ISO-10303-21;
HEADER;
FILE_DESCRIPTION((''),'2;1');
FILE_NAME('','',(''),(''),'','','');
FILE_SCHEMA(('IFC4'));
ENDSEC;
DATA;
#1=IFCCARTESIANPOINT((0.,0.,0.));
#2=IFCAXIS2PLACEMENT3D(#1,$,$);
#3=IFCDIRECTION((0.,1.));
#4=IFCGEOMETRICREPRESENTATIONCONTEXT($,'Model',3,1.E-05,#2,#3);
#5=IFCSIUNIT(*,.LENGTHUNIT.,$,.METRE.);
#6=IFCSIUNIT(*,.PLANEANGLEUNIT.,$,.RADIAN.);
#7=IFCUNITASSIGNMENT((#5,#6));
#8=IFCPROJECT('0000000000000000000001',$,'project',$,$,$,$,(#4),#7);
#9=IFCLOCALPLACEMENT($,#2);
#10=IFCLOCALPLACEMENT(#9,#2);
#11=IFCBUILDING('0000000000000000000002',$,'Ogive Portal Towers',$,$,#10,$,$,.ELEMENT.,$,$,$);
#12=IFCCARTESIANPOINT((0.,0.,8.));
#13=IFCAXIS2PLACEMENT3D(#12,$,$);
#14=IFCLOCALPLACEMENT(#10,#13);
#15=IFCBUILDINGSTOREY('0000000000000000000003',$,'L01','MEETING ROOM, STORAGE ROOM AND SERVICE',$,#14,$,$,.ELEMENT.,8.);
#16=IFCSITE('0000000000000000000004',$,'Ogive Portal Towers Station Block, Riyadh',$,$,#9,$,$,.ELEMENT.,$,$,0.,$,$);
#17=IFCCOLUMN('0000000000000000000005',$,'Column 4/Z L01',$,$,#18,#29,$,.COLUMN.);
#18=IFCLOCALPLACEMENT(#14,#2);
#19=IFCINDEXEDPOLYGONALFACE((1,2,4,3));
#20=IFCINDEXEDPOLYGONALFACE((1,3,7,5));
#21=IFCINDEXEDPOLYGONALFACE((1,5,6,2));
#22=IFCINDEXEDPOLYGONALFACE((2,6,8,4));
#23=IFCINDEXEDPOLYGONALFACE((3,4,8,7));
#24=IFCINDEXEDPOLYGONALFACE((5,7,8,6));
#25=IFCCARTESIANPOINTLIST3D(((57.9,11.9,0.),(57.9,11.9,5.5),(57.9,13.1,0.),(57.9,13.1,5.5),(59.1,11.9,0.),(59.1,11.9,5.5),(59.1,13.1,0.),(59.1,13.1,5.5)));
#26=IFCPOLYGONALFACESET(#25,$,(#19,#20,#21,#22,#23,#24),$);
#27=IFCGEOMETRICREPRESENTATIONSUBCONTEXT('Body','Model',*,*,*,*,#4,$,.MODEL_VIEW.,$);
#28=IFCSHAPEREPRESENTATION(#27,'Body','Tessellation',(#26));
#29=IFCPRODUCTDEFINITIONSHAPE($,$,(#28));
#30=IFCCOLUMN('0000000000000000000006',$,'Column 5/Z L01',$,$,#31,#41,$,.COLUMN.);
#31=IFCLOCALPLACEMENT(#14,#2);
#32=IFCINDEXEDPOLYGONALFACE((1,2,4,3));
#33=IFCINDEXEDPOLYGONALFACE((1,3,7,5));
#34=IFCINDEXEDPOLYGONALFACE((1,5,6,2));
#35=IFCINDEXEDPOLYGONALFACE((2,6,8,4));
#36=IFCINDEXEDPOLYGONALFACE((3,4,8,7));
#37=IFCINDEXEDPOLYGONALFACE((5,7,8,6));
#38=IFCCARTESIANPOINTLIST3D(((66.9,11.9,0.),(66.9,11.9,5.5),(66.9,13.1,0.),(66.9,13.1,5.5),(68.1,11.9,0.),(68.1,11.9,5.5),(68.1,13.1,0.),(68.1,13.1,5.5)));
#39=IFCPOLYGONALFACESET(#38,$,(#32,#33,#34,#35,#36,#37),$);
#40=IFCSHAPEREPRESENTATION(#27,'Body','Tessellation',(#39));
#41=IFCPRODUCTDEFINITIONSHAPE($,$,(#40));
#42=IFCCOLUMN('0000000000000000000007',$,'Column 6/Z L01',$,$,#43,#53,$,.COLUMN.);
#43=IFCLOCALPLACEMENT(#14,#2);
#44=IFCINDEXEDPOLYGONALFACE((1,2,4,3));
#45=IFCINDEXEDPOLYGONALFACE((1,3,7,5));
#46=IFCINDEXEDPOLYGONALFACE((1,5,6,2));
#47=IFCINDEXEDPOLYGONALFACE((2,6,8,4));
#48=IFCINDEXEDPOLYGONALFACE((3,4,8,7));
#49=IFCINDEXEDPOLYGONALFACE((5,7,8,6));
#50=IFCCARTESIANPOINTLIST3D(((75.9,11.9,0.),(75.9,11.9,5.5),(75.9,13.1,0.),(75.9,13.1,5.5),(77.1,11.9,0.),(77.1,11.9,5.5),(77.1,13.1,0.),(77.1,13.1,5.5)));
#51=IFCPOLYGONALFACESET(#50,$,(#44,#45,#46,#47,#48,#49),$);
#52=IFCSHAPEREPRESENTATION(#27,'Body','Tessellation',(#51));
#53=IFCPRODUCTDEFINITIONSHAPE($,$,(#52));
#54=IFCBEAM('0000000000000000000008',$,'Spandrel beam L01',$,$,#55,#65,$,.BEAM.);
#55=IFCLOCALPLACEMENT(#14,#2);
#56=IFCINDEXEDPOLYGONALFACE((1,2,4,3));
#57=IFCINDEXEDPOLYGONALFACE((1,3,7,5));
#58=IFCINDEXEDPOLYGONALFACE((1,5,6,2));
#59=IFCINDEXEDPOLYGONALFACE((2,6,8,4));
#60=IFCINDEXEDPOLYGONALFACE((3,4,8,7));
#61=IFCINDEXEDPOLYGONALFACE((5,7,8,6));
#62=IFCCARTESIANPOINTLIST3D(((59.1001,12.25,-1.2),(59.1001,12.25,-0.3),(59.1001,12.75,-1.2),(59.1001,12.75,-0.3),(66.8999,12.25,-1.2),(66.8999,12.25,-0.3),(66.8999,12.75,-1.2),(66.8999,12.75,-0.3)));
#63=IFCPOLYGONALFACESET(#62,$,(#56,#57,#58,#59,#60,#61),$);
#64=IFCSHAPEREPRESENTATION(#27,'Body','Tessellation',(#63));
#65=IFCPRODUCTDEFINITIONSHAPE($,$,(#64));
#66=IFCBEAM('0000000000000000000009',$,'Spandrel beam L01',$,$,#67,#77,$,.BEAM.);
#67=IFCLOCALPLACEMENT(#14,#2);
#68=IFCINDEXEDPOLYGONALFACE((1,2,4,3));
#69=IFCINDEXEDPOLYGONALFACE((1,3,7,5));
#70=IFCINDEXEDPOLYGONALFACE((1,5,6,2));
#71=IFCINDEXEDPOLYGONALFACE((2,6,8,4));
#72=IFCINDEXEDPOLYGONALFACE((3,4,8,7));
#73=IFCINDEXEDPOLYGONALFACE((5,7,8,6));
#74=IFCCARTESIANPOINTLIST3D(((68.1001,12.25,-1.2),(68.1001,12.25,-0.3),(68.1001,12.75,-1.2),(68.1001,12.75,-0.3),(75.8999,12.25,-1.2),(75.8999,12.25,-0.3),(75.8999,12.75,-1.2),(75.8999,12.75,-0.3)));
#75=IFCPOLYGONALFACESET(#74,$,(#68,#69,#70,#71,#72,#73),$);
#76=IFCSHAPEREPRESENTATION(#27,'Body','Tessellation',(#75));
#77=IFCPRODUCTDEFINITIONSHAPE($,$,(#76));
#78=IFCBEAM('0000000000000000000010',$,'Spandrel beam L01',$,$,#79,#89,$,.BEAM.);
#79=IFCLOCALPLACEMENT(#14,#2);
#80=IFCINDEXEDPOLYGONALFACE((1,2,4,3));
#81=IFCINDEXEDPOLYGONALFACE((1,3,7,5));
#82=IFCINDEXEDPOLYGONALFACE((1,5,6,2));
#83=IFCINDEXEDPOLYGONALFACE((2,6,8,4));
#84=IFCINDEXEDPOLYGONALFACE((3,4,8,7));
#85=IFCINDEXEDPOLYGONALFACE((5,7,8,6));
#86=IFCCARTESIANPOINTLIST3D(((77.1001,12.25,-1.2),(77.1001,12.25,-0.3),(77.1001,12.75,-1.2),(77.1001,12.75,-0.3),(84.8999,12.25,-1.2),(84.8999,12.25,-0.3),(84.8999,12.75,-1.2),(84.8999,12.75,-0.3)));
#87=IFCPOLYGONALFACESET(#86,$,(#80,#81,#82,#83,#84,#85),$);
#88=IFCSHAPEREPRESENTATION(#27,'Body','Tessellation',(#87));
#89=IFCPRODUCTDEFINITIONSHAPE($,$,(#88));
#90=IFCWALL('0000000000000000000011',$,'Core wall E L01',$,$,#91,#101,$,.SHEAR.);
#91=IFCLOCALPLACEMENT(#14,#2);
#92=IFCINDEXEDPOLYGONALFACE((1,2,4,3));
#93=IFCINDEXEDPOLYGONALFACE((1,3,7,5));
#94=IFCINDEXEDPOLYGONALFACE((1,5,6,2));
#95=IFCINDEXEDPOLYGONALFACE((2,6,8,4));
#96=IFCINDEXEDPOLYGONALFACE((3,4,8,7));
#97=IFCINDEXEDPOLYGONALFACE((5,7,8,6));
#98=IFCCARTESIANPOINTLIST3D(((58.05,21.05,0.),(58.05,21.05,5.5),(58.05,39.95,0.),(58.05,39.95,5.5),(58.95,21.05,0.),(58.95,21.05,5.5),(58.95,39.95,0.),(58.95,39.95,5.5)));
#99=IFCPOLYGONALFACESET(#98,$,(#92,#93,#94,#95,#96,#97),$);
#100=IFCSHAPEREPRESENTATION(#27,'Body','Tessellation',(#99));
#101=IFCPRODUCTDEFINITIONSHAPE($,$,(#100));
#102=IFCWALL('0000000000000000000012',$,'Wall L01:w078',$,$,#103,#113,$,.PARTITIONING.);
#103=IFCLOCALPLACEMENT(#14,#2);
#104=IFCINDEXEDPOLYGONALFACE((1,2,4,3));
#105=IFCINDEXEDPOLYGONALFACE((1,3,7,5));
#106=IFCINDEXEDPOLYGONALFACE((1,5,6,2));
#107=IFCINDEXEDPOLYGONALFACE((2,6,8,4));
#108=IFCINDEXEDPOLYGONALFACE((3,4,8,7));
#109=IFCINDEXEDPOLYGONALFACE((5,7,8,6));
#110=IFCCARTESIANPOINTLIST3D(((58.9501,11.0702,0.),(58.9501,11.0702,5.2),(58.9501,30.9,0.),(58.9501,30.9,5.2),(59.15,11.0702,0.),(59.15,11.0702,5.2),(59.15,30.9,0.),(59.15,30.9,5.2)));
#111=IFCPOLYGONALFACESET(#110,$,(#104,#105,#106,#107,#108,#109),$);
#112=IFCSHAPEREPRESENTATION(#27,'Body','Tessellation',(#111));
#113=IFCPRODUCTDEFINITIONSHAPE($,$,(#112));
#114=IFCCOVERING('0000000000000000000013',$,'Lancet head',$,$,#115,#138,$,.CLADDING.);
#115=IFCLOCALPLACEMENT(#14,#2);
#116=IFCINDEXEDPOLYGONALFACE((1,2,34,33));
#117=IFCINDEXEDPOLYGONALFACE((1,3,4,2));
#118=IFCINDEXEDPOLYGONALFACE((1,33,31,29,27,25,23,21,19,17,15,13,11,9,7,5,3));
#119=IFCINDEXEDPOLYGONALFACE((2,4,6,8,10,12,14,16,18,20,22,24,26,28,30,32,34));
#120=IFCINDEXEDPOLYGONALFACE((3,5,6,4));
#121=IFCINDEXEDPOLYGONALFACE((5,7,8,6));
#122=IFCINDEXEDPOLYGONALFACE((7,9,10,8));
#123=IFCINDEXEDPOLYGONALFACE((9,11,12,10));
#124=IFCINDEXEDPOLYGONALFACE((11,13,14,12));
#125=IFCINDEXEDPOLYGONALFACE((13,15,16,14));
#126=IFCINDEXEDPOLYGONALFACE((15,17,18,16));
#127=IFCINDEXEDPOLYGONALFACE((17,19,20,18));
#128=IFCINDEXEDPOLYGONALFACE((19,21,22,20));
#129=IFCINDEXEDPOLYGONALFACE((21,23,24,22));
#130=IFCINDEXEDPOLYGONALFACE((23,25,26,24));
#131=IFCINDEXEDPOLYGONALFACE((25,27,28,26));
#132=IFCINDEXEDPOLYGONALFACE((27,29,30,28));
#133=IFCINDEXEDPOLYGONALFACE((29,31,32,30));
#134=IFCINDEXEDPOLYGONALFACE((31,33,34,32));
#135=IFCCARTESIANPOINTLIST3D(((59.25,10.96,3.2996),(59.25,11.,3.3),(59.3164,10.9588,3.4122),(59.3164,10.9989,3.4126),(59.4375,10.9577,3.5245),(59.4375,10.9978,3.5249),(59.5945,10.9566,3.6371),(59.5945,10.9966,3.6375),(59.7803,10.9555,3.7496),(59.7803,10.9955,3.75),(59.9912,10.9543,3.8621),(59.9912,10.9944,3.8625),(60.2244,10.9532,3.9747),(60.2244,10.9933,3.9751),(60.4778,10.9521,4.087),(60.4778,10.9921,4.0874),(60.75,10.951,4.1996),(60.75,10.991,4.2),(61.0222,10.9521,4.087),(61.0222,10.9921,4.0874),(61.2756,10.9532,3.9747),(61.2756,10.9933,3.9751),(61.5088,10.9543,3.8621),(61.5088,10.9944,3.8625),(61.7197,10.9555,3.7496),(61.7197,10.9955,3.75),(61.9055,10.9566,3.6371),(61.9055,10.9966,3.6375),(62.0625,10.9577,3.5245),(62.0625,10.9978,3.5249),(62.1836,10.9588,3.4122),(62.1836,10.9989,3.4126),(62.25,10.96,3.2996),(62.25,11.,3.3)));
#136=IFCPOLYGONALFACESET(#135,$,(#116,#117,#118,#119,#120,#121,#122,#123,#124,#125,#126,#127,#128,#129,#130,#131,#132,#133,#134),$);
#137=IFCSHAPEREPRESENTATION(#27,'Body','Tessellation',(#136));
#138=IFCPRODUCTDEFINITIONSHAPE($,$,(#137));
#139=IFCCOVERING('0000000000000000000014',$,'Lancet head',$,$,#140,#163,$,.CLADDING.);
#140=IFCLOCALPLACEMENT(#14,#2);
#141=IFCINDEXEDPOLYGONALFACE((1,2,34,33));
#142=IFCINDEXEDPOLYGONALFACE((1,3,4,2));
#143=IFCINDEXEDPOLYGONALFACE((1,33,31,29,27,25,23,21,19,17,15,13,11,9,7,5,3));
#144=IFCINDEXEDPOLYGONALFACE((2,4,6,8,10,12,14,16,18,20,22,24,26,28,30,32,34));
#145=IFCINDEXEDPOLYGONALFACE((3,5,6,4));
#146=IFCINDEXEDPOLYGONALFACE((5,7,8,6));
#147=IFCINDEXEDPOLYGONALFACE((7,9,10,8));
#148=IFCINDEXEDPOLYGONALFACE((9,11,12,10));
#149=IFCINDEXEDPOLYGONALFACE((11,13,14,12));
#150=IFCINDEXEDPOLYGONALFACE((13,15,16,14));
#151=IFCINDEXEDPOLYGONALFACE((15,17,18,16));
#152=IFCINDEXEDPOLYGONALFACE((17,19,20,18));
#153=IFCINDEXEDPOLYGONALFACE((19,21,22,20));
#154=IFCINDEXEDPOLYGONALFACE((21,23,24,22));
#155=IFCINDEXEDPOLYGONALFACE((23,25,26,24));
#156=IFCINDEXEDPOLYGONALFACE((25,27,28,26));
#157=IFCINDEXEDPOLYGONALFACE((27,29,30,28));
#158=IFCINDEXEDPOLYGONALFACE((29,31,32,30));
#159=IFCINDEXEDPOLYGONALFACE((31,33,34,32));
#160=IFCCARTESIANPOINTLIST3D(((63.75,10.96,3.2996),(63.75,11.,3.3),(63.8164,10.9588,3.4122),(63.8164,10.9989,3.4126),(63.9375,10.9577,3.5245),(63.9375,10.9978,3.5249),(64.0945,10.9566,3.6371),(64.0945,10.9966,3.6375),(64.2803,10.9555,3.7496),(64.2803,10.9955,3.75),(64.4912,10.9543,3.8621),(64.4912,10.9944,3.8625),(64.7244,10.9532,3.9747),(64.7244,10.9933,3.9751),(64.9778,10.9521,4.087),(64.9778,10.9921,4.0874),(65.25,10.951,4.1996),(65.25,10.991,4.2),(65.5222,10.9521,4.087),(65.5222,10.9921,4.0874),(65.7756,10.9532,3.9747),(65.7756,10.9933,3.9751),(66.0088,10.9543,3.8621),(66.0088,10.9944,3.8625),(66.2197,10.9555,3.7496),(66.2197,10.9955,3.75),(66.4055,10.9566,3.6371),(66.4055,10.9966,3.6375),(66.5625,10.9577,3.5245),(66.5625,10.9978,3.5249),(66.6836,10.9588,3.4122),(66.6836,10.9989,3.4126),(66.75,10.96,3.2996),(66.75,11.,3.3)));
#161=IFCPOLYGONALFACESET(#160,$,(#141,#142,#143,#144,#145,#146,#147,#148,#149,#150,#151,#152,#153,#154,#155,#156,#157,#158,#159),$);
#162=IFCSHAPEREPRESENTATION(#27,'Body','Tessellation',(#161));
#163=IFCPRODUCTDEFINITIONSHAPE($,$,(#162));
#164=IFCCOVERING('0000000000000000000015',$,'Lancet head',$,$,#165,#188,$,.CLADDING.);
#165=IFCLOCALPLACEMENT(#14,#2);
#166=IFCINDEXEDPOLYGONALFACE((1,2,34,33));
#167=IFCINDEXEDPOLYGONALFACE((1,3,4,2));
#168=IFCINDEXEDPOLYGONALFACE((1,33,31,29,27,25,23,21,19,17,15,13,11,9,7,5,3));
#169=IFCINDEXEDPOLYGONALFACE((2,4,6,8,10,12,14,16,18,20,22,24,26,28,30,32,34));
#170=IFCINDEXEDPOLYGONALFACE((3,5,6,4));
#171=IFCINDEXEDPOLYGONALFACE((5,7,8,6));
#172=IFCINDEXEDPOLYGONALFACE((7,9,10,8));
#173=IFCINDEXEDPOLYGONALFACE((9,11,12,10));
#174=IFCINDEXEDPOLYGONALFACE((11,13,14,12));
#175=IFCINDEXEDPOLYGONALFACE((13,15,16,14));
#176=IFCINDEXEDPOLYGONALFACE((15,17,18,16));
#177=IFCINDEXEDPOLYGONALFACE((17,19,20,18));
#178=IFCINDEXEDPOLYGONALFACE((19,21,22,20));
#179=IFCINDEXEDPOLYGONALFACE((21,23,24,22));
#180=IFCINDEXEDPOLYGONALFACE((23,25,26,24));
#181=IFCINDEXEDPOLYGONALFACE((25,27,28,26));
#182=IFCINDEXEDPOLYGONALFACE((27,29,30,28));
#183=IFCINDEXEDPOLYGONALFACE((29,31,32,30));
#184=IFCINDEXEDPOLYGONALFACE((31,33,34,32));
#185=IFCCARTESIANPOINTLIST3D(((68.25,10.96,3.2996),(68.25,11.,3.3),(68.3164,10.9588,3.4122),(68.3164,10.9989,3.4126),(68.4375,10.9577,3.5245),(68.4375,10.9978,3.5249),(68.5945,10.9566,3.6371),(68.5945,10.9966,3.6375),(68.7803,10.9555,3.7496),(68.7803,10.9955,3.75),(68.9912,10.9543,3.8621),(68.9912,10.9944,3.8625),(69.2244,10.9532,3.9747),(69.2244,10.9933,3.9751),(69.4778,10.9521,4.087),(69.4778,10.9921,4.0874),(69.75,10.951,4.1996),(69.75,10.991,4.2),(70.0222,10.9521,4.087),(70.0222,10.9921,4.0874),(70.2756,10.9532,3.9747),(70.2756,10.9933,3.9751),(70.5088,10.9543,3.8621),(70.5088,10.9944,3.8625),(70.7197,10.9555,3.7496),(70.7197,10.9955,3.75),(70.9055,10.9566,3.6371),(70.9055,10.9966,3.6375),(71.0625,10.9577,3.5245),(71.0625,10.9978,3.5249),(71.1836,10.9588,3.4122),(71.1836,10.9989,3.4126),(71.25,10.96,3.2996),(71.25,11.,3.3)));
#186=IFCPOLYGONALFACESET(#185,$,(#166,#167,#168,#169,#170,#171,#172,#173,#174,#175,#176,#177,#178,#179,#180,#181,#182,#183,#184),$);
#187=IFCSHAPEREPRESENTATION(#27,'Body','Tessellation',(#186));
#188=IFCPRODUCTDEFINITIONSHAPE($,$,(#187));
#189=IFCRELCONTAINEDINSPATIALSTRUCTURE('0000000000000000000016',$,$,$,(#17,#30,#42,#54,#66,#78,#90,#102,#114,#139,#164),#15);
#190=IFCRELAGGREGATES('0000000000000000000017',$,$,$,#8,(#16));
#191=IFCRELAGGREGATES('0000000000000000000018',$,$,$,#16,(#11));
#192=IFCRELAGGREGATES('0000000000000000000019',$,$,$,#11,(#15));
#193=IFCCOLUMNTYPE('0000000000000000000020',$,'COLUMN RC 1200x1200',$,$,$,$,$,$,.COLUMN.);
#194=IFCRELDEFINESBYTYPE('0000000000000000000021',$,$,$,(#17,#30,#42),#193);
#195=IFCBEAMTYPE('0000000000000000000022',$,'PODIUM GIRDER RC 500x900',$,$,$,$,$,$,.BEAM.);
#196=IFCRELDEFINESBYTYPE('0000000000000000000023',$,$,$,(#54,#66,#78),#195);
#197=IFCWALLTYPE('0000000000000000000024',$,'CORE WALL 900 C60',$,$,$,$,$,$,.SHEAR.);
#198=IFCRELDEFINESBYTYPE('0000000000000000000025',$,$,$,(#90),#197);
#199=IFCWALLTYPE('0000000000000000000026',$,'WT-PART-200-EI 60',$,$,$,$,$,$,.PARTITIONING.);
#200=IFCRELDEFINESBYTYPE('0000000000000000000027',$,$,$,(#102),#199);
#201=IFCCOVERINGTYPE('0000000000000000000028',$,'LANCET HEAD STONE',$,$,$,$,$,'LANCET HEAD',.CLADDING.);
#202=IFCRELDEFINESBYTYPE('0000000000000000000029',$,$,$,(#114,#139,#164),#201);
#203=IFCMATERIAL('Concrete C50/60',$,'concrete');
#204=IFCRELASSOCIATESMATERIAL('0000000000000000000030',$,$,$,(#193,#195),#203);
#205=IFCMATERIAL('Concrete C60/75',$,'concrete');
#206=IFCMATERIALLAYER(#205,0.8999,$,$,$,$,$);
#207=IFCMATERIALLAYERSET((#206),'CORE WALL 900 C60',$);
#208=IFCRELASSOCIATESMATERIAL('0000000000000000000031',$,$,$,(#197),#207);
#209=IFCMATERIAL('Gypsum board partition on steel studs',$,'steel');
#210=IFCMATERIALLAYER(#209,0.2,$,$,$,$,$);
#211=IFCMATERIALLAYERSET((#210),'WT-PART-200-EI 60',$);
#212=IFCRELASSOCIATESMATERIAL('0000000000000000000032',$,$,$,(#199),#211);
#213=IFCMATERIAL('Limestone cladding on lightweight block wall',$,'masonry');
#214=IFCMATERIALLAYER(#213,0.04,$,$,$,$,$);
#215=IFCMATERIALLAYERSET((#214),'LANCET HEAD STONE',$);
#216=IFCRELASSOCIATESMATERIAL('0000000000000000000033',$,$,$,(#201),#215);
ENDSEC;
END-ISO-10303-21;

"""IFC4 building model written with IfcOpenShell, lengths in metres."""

from ifc_helpers import new_model, si_unit, direction, frame, frame_2d, origin, origin_2d, place, context, subcontext, project, spatial, polyline, rectangle, outline, extrude, material, layer, layer_set, material_profile, profile_set, type_object, element, save


model = new_model("IFC4")

# Units and contexts
model_context = context("Model", 3, precision=1e-05, world=origin(), true_north=direction((0.0, 1.0)))
body_context = subcontext(model_context, "Body", "Model", "MODEL_VIEW")
ifc_project = project(units=[si_unit("LENGTHUNIT", "METRE"), si_unit("PLANEANGLEUNIT", "RADIAN")], contexts=[model_context])

# Site, building, storey
site_placement = place(None, origin())
site = spatial("IfcSite", under=ifc_project, at=site_placement, Name="Ogive Portal Towers Station Block, Riyadh", CompositionType="ELEMENT", RefElevation=0.0)
building_placement = place(site_placement, origin())
building = spatial("IfcBuilding", under=site, at=building_placement, Name="Ogive Portal Towers", CompositionType="ELEMENT")
storey_placement = place(building_placement, frame((0.0, 0.0, 8.0)))
storey = spatial("IfcBuildingStorey", under=building, at=storey_placement, Name="L01", Description="MEETING ROOM, STORAGE ROOM AND SERVICE", CompositionType="ELEMENT", Elevation=8.0)

# Columns
ifc_material_1 = material(Name="Concrete C50/60", Category="concrete")
ifc_material_profile_1 = material_profile(ifc_material_1, rectangle(XDim=1.2, YDim=1.2, at=origin_2d()), Name="RC 1200x1200")
ifc_profile_set_1 = profile_set([ifc_material_profile_1], Name="Concrete C50/60")
column_type = type_object("IfcColumnType", Name="COLUMN RC 1200x1200", PredefinedType="COLUMN", material=ifc_profile_set_1)
for number, where, z_axis, x_axis, name in (
    (1, (58.5, 12.5, 0.0), (0.0, 0.0, 1.0), (1.0, 0.0, 0.0), "Column 4/Z L01"),
    (2, (67.5, 12.5, 0.0), (0.0, 0.0, 1.0), (1.0, 0.0, 0.0), "Column 5/Z L01"),
    (3, (76.5, 12.5, 0.0), (0.0, 0.0, 1.0), (1.0, 0.0, 0.0), "Column 6/Z L01"),
):
    element("IfcColumn", number, at=place(storey_placement, frame(where, z_axis=z_axis, x_axis=x_axis)), inside=storey, type_object=column_type, Name=name, PredefinedType="COLUMN", context=body_context, shape_type="SweptSolid", body=[
        extrude(rectangle(XDim=1.2, YDim=1.2, at=origin_2d()), origin(), (0.0, 0.0, 1.0), 5.5),
    ])

# Beams
ifc_material_profile_2 = material_profile(ifc_material_1, rectangle(XDim=0.5, YDim=0.8999, at=origin_2d()), Name="RC 500x900")
ifc_profile_set_2 = profile_set([ifc_material_profile_2], Name="Concrete C50/60")
beam_type = type_object("IfcBeamType", Name="PODIUM GIRDER RC 500x900", PredefinedType="BEAM", material=ifc_profile_set_2)
for number, where, z_axis, x_axis, name in (
    (4, (59.1001, 12.5, -0.75), (1.0, 0.0, 0.0), (0.0, 1.0, 0.0), "Spandrel beam L01"),
    (5, (68.1001, 12.5, -0.75), (1.0, 0.0, 0.0), (0.0, 1.0, 0.0), "Spandrel beam L01"),
    (6, (77.1001, 12.5, -0.75), (1.0, 0.0, 0.0), (0.0, 1.0, 0.0), "Spandrel beam L01"),
):
    element("IfcBeam", number, at=place(storey_placement, frame(where, z_axis=z_axis, x_axis=x_axis)), inside=storey, type_object=beam_type, Name=name, PredefinedType="BEAM", context=body_context, shape_type="SweptSolid", body=[
        extrude(rectangle(XDim=0.5, YDim=0.8999, at=origin_2d()), origin(), (0.0, 0.0, 1.0), 7.7998),
    ])

# Walls
ifc_material_2 = material(Name="Concrete C60/75", Category="concrete")
ifc_layer_1 = layer(ifc_material_2, 0.8999)
ifc_layer_set_1 = layer_set([ifc_layer_1], Name="CORE WALL 900 C60")
wall_type_1 = type_object("IfcWallType", Name="CORE WALL 900 C60", PredefinedType="SHEAR", material=ifc_layer_set_1)
wall_1_placement = place(storey_placement, frame((58.5, 21.05, 0.0), z_axis=(0.0, 0.0, 1.0), x_axis=(0.0, 1.0, 0.0)))
element("IfcWall", 7, at=wall_1_placement, inside=storey, type_object=wall_type_1, Name="Core wall E L01", PredefinedType="SHEAR", context=body_context, shape_type="SweptSolid", body=[
    extrude(rectangle(XDim=18.8999, YDim=0.8999, at=frame_2d((9.45, 0.0))), origin(), (0.0, 0.0, 1.0), 5.5),
])
ifc_material_3 = material(Name="Gypsum board partition on steel studs", Category="steel")
ifc_layer_2 = layer(ifc_material_3, 0.2)
ifc_layer_set_2 = layer_set([ifc_layer_2], Name="WT-PART-200-EI 60")
wall_type_2 = type_object("IfcWallType", Name="WT-PART-200-EI 60", PredefinedType="PARTITIONING", material=ifc_layer_set_2)
wall_2_placement = place(storey_placement, frame((59.05, 11.0701, 0.0), z_axis=(0.0, 0.0, 1.0), x_axis=(0.0, 1.0, 0.0)))
element("IfcWall", 8, at=wall_2_placement, inside=storey, type_object=wall_type_2, Name="Wall L01:w078", PredefinedType="PARTITIONING", context=body_context, shape_type="SweptSolid", body=[
    extrude(rectangle(XDim=19.8298, YDim=0.2, at=frame_2d((9.915, 0.0))), origin(), (0.0, 0.0, 1.0), 5.2),
])

# Coverings
ifc_material_4 = material(Name="Limestone cladding on lightweight block wall", Category="masonry")
ifc_layer_3 = layer(ifc_material_4, 0.04)
ifc_layer_set_3 = layer_set([ifc_layer_3], Name="LANCET HEAD STONE")
covering_type_1 = type_object("IfcCoveringType", Name="LANCET HEAD STONE", ElementType="LANCET HEAD", PredefinedType="CLADDING", material=ifc_layer_set_3)
for number, where, z_axis, x_axis, name in (
    (9, (59.25, 11.0, 3.3), (0.0, 0.99995, 0.009994), (1.0, 0.0, 0.0), "Lancet head"),
    (10, (63.75, 11.0, 3.3), (0.0, 0.99995, 0.009994), (1.0, 0.0, 0.0), "Lancet head"),
    (11, (68.25, 11.0, 3.3), (0.0, 0.99995, 0.009994), (1.0, 0.0, 0.0), "Lancet head"),
):
    element("IfcCovering", number, at=place(storey_placement, frame(where, z_axis=z_axis, x_axis=x_axis)), inside=storey, type_object=covering_type_1, Name=name, PredefinedType="CLADDING", context=body_context, shape_type="SweptSolid", body=[
        extrude(outline(polyline([(0.0, 0.0), (3.0, 0.0), (2.9336, -0.1126), (2.8125, -0.2249), (2.6555, -0.3374), (2.4697, -0.45), (2.2588, -0.5625), (2.0256, -0.6751), (1.7722, -0.7874), (1.5, -0.8999), (1.2278, -0.7874), (0.9744, -0.6751), (0.7412, -0.5625), (0.5303, -0.45), (0.3445, -0.3374), (0.1875, -0.2249), (0.0664, -0.1126), (0.0, 0.0)])), origin(), (0.0, 0.0, -1.0), 0.04),
    ])

save(model, "model.ifc")
